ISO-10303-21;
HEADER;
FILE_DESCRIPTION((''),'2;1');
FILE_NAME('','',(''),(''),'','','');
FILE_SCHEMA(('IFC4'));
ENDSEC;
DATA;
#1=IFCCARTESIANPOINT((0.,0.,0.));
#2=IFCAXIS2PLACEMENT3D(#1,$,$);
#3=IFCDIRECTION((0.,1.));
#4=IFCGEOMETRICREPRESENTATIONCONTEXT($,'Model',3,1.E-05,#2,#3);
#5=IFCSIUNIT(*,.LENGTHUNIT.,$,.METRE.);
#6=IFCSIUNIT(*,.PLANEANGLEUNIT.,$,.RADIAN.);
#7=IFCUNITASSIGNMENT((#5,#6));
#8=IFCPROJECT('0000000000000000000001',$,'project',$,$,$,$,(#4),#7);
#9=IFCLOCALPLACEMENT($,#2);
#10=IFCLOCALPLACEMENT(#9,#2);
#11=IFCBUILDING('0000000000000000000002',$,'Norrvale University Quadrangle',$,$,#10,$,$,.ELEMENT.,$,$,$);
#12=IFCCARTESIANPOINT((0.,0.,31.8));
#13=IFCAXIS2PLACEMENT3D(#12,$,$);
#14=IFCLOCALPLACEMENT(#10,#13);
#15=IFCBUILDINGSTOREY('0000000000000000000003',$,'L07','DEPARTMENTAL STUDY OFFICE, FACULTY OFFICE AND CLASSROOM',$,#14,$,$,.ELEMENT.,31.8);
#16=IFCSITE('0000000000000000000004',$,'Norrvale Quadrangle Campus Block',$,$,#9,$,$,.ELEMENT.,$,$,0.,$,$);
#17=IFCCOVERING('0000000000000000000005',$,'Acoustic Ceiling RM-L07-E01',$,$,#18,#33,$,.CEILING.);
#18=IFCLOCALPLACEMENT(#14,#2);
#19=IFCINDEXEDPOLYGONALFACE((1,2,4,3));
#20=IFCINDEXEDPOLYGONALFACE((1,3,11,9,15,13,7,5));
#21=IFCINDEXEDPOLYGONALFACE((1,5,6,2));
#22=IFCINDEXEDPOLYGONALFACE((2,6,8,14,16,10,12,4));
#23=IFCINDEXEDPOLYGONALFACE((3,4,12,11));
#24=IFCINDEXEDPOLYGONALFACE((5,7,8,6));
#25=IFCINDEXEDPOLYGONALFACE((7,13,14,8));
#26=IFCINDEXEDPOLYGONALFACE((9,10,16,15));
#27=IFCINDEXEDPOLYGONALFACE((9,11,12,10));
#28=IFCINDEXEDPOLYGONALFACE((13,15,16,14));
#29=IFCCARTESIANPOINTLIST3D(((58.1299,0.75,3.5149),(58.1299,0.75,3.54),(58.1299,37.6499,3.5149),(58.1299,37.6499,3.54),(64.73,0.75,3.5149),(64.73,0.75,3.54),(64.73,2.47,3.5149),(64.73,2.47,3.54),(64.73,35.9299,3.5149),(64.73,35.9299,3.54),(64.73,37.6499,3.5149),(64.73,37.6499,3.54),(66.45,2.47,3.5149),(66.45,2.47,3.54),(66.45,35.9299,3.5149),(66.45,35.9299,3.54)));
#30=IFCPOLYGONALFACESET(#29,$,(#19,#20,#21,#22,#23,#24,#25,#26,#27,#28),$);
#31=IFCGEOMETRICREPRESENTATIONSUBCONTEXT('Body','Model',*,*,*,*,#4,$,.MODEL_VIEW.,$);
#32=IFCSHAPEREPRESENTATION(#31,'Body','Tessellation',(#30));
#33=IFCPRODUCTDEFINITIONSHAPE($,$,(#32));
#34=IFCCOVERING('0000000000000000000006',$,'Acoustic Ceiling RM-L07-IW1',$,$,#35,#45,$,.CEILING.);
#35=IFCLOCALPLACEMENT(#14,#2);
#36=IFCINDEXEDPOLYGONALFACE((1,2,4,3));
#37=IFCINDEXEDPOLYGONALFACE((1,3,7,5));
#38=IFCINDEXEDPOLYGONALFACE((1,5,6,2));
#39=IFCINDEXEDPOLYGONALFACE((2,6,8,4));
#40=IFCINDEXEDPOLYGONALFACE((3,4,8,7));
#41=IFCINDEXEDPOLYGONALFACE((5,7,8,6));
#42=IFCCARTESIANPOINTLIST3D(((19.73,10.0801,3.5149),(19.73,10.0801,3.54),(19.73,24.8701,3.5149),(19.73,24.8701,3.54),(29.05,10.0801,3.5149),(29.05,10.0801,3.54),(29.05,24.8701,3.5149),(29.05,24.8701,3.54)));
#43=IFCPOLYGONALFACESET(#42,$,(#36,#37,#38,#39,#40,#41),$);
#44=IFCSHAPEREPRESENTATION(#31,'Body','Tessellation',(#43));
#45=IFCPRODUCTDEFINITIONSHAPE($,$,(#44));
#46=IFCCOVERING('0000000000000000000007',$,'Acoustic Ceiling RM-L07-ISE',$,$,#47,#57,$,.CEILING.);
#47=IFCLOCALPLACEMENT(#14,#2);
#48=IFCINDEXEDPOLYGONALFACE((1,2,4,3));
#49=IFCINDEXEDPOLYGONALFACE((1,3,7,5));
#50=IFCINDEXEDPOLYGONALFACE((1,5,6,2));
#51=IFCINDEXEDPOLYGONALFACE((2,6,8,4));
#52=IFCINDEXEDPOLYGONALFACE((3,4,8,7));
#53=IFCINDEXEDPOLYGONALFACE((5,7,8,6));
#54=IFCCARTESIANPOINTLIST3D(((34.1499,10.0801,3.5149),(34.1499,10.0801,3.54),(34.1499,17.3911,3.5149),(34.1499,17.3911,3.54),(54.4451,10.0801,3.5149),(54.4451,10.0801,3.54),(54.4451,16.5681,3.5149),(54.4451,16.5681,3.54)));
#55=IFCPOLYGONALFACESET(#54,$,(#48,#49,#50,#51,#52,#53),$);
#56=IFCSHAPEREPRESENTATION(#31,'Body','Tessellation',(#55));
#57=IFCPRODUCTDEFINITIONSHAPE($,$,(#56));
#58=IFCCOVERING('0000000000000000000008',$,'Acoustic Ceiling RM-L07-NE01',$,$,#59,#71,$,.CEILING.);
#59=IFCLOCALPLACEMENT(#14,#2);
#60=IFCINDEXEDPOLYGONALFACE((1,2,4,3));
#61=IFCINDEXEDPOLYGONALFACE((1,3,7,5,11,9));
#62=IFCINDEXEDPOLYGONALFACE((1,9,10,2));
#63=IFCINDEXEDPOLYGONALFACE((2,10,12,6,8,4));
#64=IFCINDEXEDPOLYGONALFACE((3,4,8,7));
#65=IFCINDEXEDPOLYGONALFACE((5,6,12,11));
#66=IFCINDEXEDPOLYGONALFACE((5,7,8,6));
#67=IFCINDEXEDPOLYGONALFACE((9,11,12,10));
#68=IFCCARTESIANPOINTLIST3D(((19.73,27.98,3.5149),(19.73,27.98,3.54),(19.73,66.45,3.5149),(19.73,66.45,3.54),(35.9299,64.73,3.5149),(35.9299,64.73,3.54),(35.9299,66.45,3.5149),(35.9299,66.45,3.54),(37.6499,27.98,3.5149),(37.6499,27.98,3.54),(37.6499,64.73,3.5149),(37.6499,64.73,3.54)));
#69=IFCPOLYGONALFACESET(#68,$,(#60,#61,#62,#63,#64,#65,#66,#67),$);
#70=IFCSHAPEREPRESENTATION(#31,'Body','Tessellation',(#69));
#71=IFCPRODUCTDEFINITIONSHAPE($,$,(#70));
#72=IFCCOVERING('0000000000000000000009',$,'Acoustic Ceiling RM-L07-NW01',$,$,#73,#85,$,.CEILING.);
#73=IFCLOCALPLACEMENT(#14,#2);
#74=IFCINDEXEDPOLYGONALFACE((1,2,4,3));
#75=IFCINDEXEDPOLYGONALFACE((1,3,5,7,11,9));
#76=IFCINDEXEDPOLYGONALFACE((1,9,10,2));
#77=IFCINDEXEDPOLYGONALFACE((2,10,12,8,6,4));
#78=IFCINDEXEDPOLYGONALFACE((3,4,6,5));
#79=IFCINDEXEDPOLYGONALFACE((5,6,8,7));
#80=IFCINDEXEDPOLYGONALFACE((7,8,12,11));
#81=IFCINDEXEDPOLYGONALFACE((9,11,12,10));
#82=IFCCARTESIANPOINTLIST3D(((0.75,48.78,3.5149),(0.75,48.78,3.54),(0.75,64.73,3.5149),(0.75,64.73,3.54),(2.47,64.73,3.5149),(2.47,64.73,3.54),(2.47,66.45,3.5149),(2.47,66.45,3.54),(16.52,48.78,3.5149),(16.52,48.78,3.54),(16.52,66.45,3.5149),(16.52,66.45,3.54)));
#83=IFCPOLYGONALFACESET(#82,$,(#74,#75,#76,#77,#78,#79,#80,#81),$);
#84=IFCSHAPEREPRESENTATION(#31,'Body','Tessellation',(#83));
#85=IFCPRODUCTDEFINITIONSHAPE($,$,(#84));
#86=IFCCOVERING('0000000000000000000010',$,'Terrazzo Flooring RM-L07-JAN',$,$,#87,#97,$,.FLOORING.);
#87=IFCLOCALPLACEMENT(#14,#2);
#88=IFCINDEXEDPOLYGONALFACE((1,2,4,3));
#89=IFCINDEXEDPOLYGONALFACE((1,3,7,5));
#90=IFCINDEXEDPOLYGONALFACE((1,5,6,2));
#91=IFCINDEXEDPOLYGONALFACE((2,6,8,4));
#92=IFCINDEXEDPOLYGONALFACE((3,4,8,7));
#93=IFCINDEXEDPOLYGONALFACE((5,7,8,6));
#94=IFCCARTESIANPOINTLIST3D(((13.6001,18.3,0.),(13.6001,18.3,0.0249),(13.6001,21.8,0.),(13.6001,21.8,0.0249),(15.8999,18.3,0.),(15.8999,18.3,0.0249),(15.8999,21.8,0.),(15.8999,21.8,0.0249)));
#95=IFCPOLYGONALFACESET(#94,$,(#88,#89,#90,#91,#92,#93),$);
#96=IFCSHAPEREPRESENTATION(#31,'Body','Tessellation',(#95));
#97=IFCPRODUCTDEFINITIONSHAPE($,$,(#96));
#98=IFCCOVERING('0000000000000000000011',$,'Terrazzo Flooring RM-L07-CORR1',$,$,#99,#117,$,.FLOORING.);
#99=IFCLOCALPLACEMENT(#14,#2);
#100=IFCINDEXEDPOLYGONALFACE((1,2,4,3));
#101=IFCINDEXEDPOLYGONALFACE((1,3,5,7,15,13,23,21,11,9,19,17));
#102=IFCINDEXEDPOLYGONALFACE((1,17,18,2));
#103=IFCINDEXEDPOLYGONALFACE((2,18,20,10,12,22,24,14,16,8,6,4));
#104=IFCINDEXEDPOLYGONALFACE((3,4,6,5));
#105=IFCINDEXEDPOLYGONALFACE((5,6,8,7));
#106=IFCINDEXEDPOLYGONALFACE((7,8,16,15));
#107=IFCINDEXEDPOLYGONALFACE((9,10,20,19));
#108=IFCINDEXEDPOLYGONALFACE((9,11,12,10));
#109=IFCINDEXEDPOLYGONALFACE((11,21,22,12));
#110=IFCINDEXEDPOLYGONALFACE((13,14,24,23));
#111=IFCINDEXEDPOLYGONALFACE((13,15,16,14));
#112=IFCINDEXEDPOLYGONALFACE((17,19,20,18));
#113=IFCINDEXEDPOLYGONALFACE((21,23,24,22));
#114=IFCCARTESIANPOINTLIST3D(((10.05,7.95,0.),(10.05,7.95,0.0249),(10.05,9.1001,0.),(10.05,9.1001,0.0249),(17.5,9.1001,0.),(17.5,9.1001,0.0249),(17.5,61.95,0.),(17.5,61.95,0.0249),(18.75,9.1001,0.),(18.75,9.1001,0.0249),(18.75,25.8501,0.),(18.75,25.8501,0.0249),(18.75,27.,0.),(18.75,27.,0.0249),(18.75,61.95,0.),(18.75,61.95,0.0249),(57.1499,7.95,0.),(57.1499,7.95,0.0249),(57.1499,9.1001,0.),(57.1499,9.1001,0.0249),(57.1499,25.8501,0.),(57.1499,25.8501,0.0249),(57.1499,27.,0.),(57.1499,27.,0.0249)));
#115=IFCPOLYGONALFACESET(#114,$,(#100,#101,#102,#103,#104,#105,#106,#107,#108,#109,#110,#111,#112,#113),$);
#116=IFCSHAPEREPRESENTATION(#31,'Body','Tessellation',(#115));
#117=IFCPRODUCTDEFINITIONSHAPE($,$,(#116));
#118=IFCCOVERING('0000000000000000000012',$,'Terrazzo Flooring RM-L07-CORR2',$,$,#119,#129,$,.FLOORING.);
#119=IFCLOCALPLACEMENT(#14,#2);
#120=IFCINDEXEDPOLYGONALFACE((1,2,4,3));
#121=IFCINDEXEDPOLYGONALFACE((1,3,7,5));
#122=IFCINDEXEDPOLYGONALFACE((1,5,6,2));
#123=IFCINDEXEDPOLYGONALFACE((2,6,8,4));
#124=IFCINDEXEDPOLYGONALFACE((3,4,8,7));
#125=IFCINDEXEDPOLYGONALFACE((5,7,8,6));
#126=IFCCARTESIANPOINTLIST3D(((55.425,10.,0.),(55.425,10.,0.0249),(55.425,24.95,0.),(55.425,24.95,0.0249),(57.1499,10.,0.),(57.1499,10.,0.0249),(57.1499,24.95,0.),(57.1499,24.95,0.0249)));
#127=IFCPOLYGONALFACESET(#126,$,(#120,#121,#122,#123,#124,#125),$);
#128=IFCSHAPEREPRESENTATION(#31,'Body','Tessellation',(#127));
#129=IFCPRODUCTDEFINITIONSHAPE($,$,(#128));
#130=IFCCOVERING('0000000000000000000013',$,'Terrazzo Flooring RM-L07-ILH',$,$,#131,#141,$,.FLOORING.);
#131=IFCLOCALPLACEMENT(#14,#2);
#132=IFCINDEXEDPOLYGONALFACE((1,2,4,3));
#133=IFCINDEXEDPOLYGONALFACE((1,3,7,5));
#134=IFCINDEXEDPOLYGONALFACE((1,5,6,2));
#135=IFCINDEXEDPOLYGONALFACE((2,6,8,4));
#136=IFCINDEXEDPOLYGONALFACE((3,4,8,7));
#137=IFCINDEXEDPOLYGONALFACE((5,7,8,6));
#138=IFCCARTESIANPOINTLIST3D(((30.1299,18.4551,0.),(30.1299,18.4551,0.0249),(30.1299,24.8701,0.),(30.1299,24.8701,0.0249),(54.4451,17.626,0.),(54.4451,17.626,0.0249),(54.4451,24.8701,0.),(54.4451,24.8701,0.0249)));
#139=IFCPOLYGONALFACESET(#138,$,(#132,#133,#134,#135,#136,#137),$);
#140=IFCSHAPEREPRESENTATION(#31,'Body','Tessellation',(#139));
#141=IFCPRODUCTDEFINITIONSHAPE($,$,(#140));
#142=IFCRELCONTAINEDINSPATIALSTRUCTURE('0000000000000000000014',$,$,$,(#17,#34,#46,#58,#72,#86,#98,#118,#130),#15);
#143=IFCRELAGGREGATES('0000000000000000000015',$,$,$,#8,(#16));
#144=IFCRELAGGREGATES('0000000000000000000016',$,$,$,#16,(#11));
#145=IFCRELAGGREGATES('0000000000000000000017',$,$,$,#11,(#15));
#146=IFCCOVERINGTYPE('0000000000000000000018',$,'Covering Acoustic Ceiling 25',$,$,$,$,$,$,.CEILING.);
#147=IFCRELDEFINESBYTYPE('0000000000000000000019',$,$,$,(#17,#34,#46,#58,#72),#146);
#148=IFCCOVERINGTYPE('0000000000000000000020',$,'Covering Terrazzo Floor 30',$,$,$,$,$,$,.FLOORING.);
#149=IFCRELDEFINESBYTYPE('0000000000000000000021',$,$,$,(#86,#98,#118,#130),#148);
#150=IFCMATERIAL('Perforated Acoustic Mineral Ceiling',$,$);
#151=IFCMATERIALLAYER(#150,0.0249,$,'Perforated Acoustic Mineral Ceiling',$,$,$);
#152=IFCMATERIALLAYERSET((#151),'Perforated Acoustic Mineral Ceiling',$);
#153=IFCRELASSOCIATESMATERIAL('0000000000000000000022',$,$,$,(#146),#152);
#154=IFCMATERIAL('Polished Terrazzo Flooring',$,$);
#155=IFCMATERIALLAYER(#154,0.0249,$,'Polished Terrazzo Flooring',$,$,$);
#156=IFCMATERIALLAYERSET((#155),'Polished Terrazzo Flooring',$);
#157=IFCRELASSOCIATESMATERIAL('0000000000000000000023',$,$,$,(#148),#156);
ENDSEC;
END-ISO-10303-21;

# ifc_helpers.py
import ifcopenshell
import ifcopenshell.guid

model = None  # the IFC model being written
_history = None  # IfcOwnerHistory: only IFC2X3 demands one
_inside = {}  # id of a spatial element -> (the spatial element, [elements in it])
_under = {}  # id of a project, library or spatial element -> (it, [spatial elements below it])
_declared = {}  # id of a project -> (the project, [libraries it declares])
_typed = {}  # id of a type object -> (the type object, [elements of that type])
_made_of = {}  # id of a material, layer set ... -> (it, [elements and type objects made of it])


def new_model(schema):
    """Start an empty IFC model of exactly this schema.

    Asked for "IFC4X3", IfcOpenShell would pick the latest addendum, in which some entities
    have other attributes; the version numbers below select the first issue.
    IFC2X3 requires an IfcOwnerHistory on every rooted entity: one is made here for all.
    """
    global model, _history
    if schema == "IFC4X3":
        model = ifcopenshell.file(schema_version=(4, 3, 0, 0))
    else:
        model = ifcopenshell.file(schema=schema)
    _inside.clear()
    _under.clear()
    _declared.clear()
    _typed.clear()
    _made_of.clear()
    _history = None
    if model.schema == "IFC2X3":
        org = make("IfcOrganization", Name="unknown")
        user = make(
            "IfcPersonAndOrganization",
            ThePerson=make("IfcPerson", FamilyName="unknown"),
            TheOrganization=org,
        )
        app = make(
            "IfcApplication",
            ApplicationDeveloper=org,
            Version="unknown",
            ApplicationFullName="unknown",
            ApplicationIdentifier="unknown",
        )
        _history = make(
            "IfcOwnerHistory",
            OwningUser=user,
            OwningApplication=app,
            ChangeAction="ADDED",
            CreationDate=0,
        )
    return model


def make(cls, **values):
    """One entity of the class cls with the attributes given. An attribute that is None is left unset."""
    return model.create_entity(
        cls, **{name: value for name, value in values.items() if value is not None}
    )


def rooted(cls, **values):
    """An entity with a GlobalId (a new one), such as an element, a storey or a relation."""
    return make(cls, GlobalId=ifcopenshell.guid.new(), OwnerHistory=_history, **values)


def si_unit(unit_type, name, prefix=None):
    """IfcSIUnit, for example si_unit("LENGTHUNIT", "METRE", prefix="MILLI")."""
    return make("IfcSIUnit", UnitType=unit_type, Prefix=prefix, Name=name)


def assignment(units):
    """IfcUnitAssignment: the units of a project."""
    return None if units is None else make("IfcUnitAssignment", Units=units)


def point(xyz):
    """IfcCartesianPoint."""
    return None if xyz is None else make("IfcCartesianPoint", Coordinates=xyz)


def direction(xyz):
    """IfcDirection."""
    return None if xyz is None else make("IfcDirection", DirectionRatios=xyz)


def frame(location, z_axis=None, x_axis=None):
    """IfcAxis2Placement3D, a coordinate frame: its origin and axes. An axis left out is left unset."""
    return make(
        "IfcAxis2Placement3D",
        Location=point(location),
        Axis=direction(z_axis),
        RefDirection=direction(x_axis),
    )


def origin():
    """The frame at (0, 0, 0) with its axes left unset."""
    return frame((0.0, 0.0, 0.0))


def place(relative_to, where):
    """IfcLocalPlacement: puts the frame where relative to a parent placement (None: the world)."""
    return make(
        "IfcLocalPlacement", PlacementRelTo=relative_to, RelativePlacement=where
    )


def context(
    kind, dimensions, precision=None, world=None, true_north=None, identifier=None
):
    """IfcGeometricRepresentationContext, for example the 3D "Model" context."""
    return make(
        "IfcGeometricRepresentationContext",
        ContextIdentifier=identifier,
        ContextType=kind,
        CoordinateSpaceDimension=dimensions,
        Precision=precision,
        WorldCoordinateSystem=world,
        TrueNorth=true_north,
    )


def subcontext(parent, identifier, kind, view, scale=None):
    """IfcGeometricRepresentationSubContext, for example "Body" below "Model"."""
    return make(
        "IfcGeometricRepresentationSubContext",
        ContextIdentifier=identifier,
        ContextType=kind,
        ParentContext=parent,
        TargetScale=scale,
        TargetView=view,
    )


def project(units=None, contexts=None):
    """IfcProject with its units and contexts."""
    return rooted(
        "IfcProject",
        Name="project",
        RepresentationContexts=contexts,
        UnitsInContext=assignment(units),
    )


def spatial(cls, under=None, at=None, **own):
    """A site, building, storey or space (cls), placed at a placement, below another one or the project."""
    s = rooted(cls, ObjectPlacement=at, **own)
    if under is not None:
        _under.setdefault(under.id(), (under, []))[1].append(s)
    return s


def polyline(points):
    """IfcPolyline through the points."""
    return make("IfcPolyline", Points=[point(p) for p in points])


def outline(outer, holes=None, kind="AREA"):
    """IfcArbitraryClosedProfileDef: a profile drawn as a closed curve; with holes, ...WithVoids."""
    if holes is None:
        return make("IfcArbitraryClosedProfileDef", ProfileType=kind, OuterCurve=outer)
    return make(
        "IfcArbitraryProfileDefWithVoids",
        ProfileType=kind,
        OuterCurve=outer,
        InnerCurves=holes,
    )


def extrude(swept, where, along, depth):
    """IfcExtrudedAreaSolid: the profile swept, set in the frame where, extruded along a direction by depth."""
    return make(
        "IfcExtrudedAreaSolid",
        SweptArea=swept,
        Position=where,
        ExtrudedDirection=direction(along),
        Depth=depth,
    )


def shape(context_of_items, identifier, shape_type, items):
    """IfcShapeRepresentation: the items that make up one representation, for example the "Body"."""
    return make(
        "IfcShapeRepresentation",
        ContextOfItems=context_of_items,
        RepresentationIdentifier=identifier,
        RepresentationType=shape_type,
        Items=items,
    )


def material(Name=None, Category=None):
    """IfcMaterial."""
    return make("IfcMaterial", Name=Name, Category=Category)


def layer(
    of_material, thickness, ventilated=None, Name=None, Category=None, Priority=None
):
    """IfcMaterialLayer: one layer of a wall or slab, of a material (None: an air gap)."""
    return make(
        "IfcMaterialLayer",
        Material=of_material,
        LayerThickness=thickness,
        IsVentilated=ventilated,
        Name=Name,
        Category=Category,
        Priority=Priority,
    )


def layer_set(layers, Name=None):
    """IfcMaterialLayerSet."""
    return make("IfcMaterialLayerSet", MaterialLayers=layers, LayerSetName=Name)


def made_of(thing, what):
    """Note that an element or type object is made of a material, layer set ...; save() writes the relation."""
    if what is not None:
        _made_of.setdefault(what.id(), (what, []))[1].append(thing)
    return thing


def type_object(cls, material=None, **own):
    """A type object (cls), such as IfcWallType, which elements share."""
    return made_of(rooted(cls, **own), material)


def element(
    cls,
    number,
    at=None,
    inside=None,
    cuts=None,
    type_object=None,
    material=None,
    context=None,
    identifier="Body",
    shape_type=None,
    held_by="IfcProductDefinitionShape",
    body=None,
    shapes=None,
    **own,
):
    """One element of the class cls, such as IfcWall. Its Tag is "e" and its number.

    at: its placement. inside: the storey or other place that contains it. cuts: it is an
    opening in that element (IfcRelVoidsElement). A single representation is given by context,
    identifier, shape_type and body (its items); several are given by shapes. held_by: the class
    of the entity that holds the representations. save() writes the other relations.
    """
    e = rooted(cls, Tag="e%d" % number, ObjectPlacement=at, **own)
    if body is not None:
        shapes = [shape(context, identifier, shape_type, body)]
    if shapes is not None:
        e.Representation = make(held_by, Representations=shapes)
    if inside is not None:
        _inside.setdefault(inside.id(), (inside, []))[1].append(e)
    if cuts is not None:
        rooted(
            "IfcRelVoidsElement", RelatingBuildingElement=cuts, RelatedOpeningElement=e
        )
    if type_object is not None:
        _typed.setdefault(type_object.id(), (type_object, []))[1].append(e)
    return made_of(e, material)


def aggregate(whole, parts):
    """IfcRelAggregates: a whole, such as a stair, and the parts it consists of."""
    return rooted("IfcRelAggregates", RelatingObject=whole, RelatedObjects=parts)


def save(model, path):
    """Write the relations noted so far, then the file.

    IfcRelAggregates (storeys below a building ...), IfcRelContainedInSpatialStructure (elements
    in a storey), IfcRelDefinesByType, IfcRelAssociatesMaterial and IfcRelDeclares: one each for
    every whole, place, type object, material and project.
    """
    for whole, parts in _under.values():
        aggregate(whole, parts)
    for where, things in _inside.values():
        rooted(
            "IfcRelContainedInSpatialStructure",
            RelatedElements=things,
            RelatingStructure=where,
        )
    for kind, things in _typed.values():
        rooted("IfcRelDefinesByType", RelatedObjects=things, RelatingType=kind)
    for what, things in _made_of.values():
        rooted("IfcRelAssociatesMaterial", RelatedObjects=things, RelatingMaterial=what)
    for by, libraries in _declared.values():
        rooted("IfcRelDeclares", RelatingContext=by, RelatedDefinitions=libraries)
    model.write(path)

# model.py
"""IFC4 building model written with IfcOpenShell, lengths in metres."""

from ifc_helpers import new_model, si_unit, direction, frame, origin, place, context, subcontext, project, spatial, polyline, outline, extrude, material, layer, layer_set, type_object, element, save


model = new_model("IFC4")

# Units and contexts
model_context = context("Model", 3, precision=1e-05, world=origin(), true_north=direction((0.0, 1.0)))
body_context = subcontext(model_context, "Body", "Model", "MODEL_VIEW")
ifc_project = project(units=[si_unit("LENGTHUNIT", "METRE"), si_unit("PLANEANGLEUNIT", "RADIAN")], contexts=[model_context])

# Site, building, storey
site_placement = place(None, origin())
site = spatial("IfcSite", under=ifc_project, at=site_placement, Name="Norrvale Quadrangle Campus Block", CompositionType="ELEMENT", RefElevation=0.0)
building_placement = place(site_placement, origin())
building = spatial("IfcBuilding", under=site, at=building_placement, Name="Norrvale University Quadrangle", CompositionType="ELEMENT")
storey_placement = place(building_placement, frame((0.0, 0.0, 31.8)))
storey = spatial("IfcBuildingStorey", under=building, at=storey_placement, Name="L07", Description="DEPARTMENTAL STUDY OFFICE, FACULTY OFFICE AND CLASSROOM", CompositionType="ELEMENT", Elevation=31.8)

# Coverings
ifc_material_1 = material(Name="Perforated Acoustic Mineral Ceiling")
ifc_layer_1 = layer(ifc_material_1, 0.0249, Name="Perforated Acoustic Mineral Ceiling")
ifc_layer_set_1 = layer_set([ifc_layer_1], Name="Perforated Acoustic Mineral Ceiling")
covering_type_1 = type_object("IfcCoveringType", Name="Covering Acoustic Ceiling 25", PredefinedType="CEILING", material=ifc_layer_set_1)
covering_1_placement = place(storey_placement, frame((0.0, 0.0, 3.5149)))
element("IfcCovering", 1, at=covering_1_placement, inside=storey, type_object=covering_type_1, Name="Acoustic Ceiling RM-L07-E01", PredefinedType="CEILING", context=body_context, shape_type="SweptSolid", body=[
    extrude(outline(polyline([(58.1299, 0.75), (58.1299, 37.6499), (64.73, 37.6499), (64.73, 35.9299), (66.45, 35.9299), (66.45, 2.47), (64.73, 2.47), (64.73, 0.75), (58.1299, 0.75)])), origin(), (0.0, 0.0, 1.0), 0.0251),
])
covering_2_placement = place(storey_placement, frame((0.0, 0.0, 3.5149)))
element("IfcCovering", 2, at=covering_2_placement, inside=storey, type_object=covering_type_1, Name="Acoustic Ceiling RM-L07-IW1", PredefinedType="CEILING", context=body_context, shape_type="SweptSolid", body=[
    extrude(outline(polyline([(19.73, 10.0801), (19.73, 24.8701), (29.05, 24.8701), (29.05, 10.0801), (19.73, 10.0801)])), origin(), (0.0, 0.0, 1.0), 0.0251),
])
covering_3_placement = place(storey_placement, frame((0.0, 0.0, 3.5149)))
element("IfcCovering", 3, at=covering_3_placement, inside=storey, type_object=covering_type_1, Name="Acoustic Ceiling RM-L07-ISE", PredefinedType="CEILING", context=body_context, shape_type="SweptSolid", body=[
    extrude(outline(polyline([(34.1499, 10.0801), (34.1499, 17.3911), (54.4451, 16.5681), (54.4451, 10.0801), (34.1499, 10.0801)])), origin(), (0.0, 0.0, 1.0), 0.0251),
])
covering_4_placement = place(storey_placement, frame((0.0, 0.0, 3.5149)))
element("IfcCovering", 4, at=covering_4_placement, inside=storey, type_object=covering_type_1, Name="Acoustic Ceiling RM-L07-NE01", PredefinedType="CEILING", context=body_context, shape_type="SweptSolid", body=[
    extrude(outline(polyline([(37.6499, 27.98), (19.73, 27.98), (19.73, 66.45), (35.9299, 66.45), (35.9299, 64.73), (37.6499, 64.73), (37.6499, 27.98)])), origin(), (0.0, 0.0, 1.0), 0.0251),
])
covering_5_placement = place(storey_placement, frame((0.0, 0.0, 3.5149)))
element("IfcCovering", 5, at=covering_5_placement, inside=storey, type_object=covering_type_1, Name="Acoustic Ceiling RM-L07-NW01", PredefinedType="CEILING", context=body_context, shape_type="SweptSolid", body=[
    extrude(outline(polyline([(16.52, 66.45), (16.52, 48.78), (0.75, 48.78), (0.75, 64.73), (2.47, 64.73), (2.47, 66.45), (16.52, 66.45)])), origin(), (0.0, 0.0, 1.0), 0.0251),
])
ifc_material_2 = material(Name="Polished Terrazzo Flooring")
ifc_layer_2 = layer(ifc_material_2, 0.0249, Name="Polished Terrazzo Flooring")
ifc_layer_set_2 = layer_set([ifc_layer_2], Name="Polished Terrazzo Flooring")
covering_type_2 = type_object("IfcCoveringType", Name="Covering Terrazzo Floor 30", PredefinedType="FLOORING", material=ifc_layer_set_2)
covering_6_placement = place(storey_placement, origin())
element("IfcCovering", 6, at=covering_6_placement, inside=storey, type_object=covering_type_2, Name="Terrazzo Flooring RM-L07-JAN", PredefinedType="FLOORING", context=body_context, shape_type="SweptSolid", body=[
    extrude(outline(polyline([(13.6001, 18.3), (13.6001, 21.8), (15.8999, 21.8), (15.8999, 18.3), (13.6001, 18.3)])), origin(), (0.0, 0.0, 1.0), 0.0249),
])
covering_7_placement = place(storey_placement, origin())
element("IfcCovering", 7, at=covering_7_placement, inside=storey, type_object=covering_type_2, Name="Terrazzo Flooring RM-L07-CORR1", PredefinedType="FLOORING", context=body_context, shape_type="SweptSolid", body=[
    extrude(outline(polyline([(10.05, 7.95), (10.05, 9.1001), (17.5, 9.1001), (17.5, 61.95), (18.75, 61.95), (18.75, 27.0), (57.1499, 27.0), (57.1499, 25.8501), (18.75, 25.8501), (18.75, 9.1001), (57.1499, 9.1001), (57.1499, 7.95), (10.05, 7.95)])), origin(), (0.0, 0.0, 1.0), 0.0249),
])
covering_8_placement = place(storey_placement, origin())
element("IfcCovering", 8, at=covering_8_placement, inside=storey, type_object=covering_type_2, Name="Terrazzo Flooring RM-L07-CORR2", PredefinedType="FLOORING", context=body_context, shape_type="SweptSolid", body=[
    extrude(outline(polyline([(55.425, 10.0), (55.425, 24.95), (57.1499, 24.95), (57.1499, 10.0), (55.425, 10.0)])), origin(), (0.0, 0.0, 1.0), 0.0249),
])
covering_9_placement = place(storey_placement, origin())
element("IfcCovering", 9, at=covering_9_placement, inside=storey, type_object=covering_type_2, Name="Terrazzo Flooring RM-L07-ILH", PredefinedType="FLOORING", context=body_context, shape_type="SweptSolid", body=[
    extrude(outline(polyline([(30.1299, 18.4551), (30.1299, 24.8701), (54.4451, 24.8701), (54.4451, 17.626), (30.1299, 18.4551)])), origin(), (0.0, 0.0, 1.0), 0.0249),
])

save(model, "model.ifc")
